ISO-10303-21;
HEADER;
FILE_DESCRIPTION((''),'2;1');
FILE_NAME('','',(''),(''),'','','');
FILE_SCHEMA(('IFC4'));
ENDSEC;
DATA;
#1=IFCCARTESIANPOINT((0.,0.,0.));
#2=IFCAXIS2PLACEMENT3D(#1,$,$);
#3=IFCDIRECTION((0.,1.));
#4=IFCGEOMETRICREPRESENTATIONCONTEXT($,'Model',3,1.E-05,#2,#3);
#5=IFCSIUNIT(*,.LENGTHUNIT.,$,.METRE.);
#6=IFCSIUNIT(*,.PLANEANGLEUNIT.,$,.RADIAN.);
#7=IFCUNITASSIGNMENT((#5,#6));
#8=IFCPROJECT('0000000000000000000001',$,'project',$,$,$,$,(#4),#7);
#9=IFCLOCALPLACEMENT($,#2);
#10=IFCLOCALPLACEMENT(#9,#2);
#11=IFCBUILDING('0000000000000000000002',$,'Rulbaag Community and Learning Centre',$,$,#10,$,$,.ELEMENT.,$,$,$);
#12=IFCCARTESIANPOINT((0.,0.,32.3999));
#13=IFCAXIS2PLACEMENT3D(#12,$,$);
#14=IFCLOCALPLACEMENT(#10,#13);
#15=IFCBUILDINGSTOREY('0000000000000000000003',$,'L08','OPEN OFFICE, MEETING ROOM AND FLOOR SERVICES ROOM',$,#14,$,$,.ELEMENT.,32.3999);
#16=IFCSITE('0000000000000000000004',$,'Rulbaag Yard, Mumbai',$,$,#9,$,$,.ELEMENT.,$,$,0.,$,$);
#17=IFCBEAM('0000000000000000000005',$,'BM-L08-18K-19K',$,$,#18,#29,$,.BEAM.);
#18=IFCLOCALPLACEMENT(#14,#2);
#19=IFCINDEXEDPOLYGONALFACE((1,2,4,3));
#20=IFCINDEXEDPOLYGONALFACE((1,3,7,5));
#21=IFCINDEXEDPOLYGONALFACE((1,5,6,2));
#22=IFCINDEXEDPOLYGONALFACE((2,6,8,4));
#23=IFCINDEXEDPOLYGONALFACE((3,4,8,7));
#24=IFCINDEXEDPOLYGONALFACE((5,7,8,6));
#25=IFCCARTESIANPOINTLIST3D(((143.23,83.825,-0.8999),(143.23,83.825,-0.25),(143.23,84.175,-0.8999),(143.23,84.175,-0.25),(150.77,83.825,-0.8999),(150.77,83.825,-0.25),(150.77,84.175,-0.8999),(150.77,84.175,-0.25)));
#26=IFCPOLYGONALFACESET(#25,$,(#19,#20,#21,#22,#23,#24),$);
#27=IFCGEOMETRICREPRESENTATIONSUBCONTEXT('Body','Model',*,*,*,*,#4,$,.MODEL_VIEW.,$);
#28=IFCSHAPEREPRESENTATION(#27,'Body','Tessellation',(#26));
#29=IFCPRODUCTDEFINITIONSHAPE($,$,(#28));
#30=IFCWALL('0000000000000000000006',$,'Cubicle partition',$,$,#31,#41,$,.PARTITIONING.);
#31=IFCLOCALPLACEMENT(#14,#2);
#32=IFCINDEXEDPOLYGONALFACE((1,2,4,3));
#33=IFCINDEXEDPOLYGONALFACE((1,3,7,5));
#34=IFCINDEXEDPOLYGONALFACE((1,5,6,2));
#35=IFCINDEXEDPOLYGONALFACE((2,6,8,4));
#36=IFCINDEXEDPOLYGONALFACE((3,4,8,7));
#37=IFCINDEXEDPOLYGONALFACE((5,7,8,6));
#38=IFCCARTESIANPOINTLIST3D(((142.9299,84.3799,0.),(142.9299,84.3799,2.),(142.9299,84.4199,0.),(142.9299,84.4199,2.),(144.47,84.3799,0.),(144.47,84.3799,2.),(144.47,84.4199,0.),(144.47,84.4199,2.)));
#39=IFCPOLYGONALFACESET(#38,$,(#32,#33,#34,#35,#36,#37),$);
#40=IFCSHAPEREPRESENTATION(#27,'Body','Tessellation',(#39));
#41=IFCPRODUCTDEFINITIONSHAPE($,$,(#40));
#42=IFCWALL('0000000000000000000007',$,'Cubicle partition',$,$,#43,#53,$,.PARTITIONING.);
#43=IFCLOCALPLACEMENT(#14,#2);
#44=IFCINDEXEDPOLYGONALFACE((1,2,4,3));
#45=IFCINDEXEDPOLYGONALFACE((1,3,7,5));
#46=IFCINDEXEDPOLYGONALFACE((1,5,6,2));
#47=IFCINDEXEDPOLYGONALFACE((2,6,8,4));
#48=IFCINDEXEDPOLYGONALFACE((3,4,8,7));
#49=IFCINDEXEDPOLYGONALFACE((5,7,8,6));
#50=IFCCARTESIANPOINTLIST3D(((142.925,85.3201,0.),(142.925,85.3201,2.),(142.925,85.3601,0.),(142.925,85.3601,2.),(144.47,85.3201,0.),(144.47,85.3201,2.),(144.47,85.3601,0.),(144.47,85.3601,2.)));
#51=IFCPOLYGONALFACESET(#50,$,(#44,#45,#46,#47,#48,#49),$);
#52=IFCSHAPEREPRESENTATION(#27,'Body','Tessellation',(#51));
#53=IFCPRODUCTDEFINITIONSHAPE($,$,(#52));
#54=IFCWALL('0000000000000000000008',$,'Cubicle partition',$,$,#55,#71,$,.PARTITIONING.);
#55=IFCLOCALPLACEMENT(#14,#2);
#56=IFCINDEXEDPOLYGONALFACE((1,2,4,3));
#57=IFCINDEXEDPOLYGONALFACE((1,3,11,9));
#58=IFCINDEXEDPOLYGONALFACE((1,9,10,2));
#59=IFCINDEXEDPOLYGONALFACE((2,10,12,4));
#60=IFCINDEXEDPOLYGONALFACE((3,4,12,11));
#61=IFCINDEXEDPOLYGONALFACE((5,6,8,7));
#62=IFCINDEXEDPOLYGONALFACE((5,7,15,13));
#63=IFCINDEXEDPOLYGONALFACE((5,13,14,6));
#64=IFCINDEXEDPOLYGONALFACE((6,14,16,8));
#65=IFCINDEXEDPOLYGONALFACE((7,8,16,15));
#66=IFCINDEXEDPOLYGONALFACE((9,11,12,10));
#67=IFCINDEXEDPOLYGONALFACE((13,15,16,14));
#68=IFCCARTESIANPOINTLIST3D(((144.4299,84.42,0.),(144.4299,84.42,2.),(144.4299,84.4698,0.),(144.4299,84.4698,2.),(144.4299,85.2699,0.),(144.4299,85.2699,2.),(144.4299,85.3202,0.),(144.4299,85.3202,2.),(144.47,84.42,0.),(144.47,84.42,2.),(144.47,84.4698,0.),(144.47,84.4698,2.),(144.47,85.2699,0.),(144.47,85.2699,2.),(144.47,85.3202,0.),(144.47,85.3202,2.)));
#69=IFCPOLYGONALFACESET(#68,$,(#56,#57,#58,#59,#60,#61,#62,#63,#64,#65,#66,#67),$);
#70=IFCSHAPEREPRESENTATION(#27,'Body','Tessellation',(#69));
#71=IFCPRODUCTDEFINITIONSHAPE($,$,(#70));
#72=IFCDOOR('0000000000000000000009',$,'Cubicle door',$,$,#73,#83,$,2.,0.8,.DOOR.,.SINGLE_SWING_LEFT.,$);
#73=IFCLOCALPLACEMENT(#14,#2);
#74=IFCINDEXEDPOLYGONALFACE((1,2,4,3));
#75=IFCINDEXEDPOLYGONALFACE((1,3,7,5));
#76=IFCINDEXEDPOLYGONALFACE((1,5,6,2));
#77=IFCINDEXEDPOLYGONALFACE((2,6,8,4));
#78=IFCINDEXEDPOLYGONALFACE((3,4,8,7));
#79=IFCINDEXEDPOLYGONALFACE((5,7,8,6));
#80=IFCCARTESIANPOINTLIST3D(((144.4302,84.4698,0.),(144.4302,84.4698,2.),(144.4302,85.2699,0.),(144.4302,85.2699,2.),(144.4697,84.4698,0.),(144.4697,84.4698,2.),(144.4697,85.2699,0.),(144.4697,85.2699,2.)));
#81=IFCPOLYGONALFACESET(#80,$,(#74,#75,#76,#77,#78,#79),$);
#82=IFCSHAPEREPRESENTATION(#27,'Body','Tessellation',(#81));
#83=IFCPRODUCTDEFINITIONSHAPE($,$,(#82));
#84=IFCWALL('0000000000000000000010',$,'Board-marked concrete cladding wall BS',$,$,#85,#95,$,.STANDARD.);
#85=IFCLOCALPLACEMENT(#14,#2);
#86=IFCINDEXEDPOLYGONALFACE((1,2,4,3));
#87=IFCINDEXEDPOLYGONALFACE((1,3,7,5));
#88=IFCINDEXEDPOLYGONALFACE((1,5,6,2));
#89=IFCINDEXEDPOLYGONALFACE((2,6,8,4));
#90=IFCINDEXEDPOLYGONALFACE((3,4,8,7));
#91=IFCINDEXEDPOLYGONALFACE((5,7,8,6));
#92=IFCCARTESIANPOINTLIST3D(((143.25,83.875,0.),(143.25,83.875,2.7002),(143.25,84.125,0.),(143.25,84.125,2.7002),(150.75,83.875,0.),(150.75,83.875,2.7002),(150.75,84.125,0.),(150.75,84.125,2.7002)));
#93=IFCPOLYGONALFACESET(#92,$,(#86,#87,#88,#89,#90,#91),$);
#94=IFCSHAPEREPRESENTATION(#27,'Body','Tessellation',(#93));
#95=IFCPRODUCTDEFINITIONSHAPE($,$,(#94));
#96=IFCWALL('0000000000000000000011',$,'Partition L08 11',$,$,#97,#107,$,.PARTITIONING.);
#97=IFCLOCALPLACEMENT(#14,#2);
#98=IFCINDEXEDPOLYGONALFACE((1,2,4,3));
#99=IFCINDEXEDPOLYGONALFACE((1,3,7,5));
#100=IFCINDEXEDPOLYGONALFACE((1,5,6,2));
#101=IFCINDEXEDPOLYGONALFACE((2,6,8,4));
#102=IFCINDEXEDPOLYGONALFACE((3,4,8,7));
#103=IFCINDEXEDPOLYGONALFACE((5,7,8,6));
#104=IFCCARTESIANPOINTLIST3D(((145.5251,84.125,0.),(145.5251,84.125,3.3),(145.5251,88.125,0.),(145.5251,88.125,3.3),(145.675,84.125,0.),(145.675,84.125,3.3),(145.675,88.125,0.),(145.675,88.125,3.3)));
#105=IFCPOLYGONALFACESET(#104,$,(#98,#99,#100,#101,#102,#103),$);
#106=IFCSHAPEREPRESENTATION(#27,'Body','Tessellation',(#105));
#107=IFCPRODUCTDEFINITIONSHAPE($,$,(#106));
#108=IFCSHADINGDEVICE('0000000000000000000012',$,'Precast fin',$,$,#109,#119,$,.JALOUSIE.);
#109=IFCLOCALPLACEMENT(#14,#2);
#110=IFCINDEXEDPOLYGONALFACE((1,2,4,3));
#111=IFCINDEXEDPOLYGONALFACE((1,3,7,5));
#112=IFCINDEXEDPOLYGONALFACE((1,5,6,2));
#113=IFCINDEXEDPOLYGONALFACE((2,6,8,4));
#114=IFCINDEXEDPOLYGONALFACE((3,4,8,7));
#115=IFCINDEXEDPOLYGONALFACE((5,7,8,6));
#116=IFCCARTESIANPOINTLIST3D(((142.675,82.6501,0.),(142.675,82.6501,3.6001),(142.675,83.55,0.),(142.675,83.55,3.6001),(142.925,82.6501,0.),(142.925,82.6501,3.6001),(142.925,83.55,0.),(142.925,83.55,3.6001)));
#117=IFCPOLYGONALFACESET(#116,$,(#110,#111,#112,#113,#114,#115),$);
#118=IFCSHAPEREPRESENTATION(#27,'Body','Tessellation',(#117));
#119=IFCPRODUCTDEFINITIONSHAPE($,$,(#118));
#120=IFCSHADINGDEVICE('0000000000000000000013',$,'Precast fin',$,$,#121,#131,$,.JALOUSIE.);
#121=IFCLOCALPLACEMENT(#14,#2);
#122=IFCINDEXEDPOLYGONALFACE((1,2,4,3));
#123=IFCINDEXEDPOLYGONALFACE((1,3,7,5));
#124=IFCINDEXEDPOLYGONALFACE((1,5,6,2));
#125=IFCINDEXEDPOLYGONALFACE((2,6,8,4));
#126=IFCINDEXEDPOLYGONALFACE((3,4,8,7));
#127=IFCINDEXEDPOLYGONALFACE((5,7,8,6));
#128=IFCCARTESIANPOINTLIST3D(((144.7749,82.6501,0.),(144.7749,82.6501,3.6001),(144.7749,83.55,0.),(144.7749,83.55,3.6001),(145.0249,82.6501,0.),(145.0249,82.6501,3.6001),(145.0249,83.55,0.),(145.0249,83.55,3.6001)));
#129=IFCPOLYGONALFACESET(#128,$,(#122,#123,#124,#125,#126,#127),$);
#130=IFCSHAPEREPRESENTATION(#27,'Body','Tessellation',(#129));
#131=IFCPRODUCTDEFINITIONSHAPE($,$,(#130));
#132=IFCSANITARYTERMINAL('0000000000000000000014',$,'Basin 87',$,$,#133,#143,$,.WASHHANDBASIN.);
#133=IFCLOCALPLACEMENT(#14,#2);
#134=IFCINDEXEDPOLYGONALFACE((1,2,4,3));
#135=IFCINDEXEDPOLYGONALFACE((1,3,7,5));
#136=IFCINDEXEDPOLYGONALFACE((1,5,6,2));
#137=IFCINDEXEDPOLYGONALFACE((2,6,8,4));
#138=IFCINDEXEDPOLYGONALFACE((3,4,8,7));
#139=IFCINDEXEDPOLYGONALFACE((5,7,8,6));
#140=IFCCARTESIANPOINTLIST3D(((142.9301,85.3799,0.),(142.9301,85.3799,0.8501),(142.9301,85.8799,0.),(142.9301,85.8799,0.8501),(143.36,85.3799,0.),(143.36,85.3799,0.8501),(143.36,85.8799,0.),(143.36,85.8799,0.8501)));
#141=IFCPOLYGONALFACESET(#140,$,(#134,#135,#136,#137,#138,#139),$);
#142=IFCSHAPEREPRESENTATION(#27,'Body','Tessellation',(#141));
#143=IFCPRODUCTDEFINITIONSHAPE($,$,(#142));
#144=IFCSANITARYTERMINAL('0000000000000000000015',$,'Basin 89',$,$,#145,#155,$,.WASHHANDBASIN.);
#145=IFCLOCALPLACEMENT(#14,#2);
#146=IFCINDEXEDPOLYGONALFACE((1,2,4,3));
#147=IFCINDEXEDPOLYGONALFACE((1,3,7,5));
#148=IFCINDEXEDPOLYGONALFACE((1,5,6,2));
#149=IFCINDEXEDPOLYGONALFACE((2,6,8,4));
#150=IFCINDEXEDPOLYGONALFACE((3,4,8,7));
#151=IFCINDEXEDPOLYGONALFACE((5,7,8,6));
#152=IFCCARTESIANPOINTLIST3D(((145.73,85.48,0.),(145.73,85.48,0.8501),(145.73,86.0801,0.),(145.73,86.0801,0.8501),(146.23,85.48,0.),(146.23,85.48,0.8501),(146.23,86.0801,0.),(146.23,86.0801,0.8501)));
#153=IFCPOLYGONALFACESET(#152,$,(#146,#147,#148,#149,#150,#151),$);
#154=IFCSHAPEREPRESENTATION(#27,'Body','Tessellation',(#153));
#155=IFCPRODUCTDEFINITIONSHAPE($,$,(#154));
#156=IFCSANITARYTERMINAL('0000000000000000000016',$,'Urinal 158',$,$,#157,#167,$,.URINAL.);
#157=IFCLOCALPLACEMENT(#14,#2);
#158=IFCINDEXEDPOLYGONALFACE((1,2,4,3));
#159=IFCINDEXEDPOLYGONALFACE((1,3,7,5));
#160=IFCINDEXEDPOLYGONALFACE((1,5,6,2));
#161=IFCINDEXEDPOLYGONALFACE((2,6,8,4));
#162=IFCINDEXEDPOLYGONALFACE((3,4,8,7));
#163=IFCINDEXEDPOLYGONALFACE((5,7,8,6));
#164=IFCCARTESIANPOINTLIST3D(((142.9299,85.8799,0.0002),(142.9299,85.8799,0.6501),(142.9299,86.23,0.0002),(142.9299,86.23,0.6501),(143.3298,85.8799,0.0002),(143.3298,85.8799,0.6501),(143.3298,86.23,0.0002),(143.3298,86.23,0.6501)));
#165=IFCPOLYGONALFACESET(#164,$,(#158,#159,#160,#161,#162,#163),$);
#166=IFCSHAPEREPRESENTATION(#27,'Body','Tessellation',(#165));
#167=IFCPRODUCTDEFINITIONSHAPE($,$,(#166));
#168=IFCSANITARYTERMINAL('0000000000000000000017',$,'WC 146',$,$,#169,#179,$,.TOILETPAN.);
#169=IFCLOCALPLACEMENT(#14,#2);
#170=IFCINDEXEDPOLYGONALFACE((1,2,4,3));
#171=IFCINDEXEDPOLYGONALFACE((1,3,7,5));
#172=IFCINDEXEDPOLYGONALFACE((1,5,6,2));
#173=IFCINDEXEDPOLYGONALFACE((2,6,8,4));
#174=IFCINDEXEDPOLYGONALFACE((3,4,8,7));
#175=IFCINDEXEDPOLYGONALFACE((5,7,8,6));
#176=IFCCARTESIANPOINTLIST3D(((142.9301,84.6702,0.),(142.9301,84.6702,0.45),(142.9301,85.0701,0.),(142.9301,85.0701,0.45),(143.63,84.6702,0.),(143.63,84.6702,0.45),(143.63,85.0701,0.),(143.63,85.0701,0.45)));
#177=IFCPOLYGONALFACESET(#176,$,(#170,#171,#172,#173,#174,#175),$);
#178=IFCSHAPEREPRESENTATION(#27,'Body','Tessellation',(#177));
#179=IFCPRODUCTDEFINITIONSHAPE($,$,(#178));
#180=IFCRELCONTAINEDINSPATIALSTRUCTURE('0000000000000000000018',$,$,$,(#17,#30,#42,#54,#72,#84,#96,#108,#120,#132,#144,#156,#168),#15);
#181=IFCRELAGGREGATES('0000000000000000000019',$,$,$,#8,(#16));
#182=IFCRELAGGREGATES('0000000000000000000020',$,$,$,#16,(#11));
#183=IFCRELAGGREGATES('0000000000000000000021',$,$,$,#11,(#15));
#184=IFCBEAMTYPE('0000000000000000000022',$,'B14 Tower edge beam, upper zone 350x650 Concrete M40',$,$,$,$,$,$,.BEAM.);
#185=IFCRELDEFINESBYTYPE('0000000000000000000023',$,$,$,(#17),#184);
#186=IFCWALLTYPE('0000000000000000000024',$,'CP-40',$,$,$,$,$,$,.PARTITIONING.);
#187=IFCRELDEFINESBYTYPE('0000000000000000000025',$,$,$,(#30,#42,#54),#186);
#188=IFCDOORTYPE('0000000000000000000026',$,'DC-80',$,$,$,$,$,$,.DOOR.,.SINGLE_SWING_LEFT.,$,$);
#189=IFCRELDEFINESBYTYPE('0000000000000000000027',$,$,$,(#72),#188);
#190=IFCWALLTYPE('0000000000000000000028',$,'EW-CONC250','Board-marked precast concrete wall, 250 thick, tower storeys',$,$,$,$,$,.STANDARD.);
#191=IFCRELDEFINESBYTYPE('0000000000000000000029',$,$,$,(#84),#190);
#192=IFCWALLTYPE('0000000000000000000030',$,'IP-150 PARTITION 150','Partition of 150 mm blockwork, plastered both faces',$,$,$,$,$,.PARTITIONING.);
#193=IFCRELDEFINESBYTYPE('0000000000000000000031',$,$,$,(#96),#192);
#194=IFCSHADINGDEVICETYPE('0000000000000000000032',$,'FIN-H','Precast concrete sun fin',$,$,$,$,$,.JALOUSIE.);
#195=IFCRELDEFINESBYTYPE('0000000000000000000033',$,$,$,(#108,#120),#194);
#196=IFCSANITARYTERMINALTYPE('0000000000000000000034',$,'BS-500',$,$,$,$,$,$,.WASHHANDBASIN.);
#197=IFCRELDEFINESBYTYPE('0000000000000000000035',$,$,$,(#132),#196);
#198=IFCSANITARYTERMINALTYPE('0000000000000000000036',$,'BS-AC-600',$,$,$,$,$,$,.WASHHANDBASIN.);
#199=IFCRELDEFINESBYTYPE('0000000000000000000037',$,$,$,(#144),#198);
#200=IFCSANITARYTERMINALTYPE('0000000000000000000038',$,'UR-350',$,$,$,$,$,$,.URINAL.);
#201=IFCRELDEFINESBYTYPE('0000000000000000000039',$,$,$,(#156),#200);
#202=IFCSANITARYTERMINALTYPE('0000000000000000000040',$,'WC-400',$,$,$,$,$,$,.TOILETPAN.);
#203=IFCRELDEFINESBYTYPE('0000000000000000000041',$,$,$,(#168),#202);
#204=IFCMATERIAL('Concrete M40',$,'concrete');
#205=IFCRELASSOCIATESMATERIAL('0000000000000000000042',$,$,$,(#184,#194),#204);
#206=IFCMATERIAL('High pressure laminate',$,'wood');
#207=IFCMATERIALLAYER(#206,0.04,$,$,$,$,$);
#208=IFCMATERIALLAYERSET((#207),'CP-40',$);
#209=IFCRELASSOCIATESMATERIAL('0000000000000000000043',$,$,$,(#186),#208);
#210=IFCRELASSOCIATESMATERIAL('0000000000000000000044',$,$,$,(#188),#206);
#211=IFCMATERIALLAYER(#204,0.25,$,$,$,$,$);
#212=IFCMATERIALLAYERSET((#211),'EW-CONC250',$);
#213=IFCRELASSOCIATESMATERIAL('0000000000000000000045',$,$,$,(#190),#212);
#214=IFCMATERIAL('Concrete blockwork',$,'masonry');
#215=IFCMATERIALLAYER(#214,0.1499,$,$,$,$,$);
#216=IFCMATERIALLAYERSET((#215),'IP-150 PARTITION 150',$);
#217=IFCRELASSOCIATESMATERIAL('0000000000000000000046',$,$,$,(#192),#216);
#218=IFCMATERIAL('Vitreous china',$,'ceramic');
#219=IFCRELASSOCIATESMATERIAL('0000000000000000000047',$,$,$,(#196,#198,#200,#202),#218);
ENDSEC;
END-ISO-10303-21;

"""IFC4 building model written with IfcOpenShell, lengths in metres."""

from ifc_helpers import new_model, si_unit, direction, frame, frame_2d, origin, origin_2d, place, context, subcontext, project, spatial, rectangle, extrude, material, layer, layer_set, material_profile, profile_set, type_object, element, fill, save


model = new_model("IFC4")

# Units and contexts
model_context = context("Model", 3, precision=1e-05, world=origin(), true_north=direction((0.0, 1.0)))
body_context = subcontext(model_context, "Body", "Model", "MODEL_VIEW")
ifc_project = project(units=[si_unit("LENGTHUNIT", "METRE"), si_unit("PLANEANGLEUNIT", "RADIAN")], contexts=[model_context])

# Site, building, storey
site_placement = place(None, origin())
site = spatial("IfcSite", under=ifc_project, at=site_placement, Name="Rulbaag Yard, Mumbai", CompositionType="ELEMENT", RefElevation=0.0)
building_placement = place(site_placement, origin())
building = spatial("IfcBuilding", under=site, at=building_placement, Name="Rulbaag Community and Learning Centre", CompositionType="ELEMENT")
storey_placement = place(building_placement, frame((0.0, 0.0, 32.3999)))
storey = spatial("IfcBuildingStorey", under=building, at=storey_placement, Name="L08", Description="OPEN OFFICE, MEETING ROOM AND FLOOR SERVICES ROOM", CompositionType="ELEMENT", Elevation=32.3999)

# Beam
ifc_material_1 = material(Name="Concrete M40", Category="concrete")
ifc_material_profile_1 = material_profile(ifc_material_1, rectangle(XDim=0.3501, YDim=0.6499, at=origin_2d()), Name="RB350x650")
ifc_profile_set_1 = profile_set([ifc_material_profile_1], Name="Concrete M40")
beam_type = type_object("IfcBeamType", Name="B14 Tower edge beam, upper zone 350x650 Concrete M40", PredefinedType="BEAM", material=ifc_profile_set_1)
beam_placement = place(storey_placement, frame((143.23, 84.0, -0.575), z_axis=(1.0, 0.0, 0.0), x_axis=(0.0, 1.0, 0.0)))
element("IfcBeam", 1, at=beam_placement, inside=storey, type_object=beam_type, Name="BM-L08-18K-19K", PredefinedType="BEAM", context=body_context, shape_type="SweptSolid", body=[
    extrude(rectangle(XDim=0.3501, YDim=0.6499, at=origin_2d()), origin(), (0.0, 0.0, 1.0), 7.54),
])

# Walls
ifc_material_2 = material(Name="High pressure laminate", Category="wood")
ifc_layer_1 = layer(ifc_material_2, 0.04)
ifc_layer_set_1 = layer_set([ifc_layer_1], Name="CP-40")
wall_type_1 = type_object("IfcWallType", Name="CP-40", PredefinedType="PARTITIONING", material=ifc_layer_set_1)
wall_1_placement = place(storey_placement, frame((142.9299, 84.3999, 0.0), z_axis=(0.0, 0.0, 1.0), x_axis=(1.0, 0.0, 0.0)))
element("IfcWall", 2, at=wall_1_placement, inside=storey, type_object=wall_type_1, Name="Cubicle partition", PredefinedType="PARTITIONING", context=body_context, shape_type="SweptSolid", body=[
    extrude(rectangle(XDim=1.54, YDim=0.04, at=frame_2d((0.77, 0.0))), origin(), (0.0, 0.0, 1.0), 2.0),
])
wall_2_placement = place(storey_placement, frame((142.925, 85.3401, 0.0), z_axis=(0.0, 0.0, 1.0), x_axis=(1.0, 0.0, 0.0)))
element("IfcWall", 3, at=wall_2_placement, inside=storey, type_object=wall_type_1, Name="Cubicle partition", PredefinedType="PARTITIONING", context=body_context, shape_type="SweptSolid", body=[
    extrude(rectangle(XDim=1.5449, YDim=0.04, at=frame_2d((0.7725, 0.0))), origin(), (0.0, 0.0, 1.0), 2.0),
])

# Wall, opening, door
wall_3_placement = place(storey_placement, frame((144.45, 84.4199, 0.0), z_axis=(0.0, 0.0, 1.0), x_axis=(0.0, 1.0, 0.0)))
wall_3 = element("IfcWall", 4, at=wall_3_placement, inside=storey, type_object=wall_type_1, Name="Cubicle partition", PredefinedType="PARTITIONING", context=body_context, shape_type="SweptSolid", body=[
    extrude(rectangle(XDim=0.9001, YDim=0.04, at=frame_2d((0.4502, 0.0))), origin(), (0.0, 0.0, 1.0), 2.0),
])
opening_placement = place(wall_3_placement, frame((0.05, 0.0, 0.0)))
opening = element("IfcOpeningElement", 5, at=opening_placement, cuts=wall_3, PredefinedType="OPENING", context=body_context, shape_type="SweptSolid", body=[
    extrude(rectangle(XDim=0.8, YDim=2.0, at=frame_2d((0.3999, 1.0))), frame((0.0, 0.03, 0.0), z_axis=(0.0, -1.0, 0.0), x_axis=(1.0, 0.0, 0.0)), (0.0, 0.0, 1.0), 0.0601),
])
door_type = type_object("IfcDoorType", Name="DC-80", OperationType="SINGLE_SWING_LEFT", PredefinedType="DOOR", material=ifc_material_2)
door_placement = place(opening_placement, origin())
door = element("IfcDoor", 6, at=door_placement, inside=storey, type_object=door_type, Name="Cubicle door", OperationType="SINGLE_SWING_LEFT", OverallHeight=2.0, OverallWidth=0.8, PredefinedType="DOOR", context=body_context, shape_type="SweptSolid", body=[
    extrude(rectangle(XDim=0.8, YDim=2.0, at=frame_2d((0.3999, 1.0))), frame((0.0, 0.0198, 0.0), z_axis=(0.0, -1.0, 0.0), x_axis=(1.0, 0.0, 0.0)), (0.0, 0.0, 1.0), 0.0396),
])
fill(opening, door)

# Walls
ifc_layer_2 = layer(ifc_material_1, 0.25)
ifc_layer_set_2 = layer_set([ifc_layer_2], Name="EW-CONC250")
wall_type_2 = type_object("IfcWallType", Name="EW-CONC250", Description="Board-marked precast concrete wall, 250 thick, tower storeys", PredefinedType="STANDARD", material=ifc_layer_set_2)
wall_4_placement = place(storey_placement, frame((143.25, 84.0, 0.0), z_axis=(0.0, 0.0, 1.0), x_axis=(1.0, 0.0, 0.0)))
element("IfcWall", 7, at=wall_4_placement, inside=storey, type_object=wall_type_2, Name="Board-marked concrete cladding wall BS", PredefinedType="STANDARD", context=body_context, shape_type="SweptSolid", body=[
    extrude(rectangle(XDim=7.5, YDim=0.25, at=frame_2d((3.75, 0.0))), origin(), (0.0, 0.0, 1.0), 2.7002),
])
ifc_material_3 = material(Name="Concrete blockwork", Category="masonry")
ifc_layer_3 = layer(ifc_material_3, 0.1499)
ifc_layer_set_3 = layer_set([ifc_layer_3], Name="IP-150 PARTITION 150")
wall_type_3 = type_object("IfcWallType", Name="IP-150 PARTITION 150", Description="Partition of 150 mm blockwork, plastered both faces", PredefinedType="PARTITIONING", material=ifc_layer_set_3)
wall_5_placement = place(storey_placement, frame((145.6001, 84.125, 0.0), z_axis=(0.0, 0.0, 1.0), x_axis=(0.0, 1.0, 0.0)))
element("IfcWall", 8, at=wall_5_placement, inside=storey, type_object=wall_type_3, Name="Partition L08 11", PredefinedType="PARTITIONING", context=body_context, shape_type="SweptSolid", body=[
    extrude(rectangle(XDim=4.0, YDim=0.1499, at=frame_2d((2.0, 0.0))), origin(), (0.0, 0.0, 1.0), 3.3),
])

# Shading devices
ifc_material_profile_2 = material_profile(ifc_material_1, rectangle(XDim=0.25, YDim=0.8999, at=origin_2d()), Name="PC 250x900")
ifc_profile_set_2 = profile_set([ifc_material_profile_2], Name="Concrete M40")
shading_device_type = type_object("IfcShadingDeviceType", Name="FIN-H", Description="Precast concrete sun fin", PredefinedType="JALOUSIE", material=ifc_profile_set_2)
for number, where, z_axis, x_axis, name in (
    (9, (142.8, 83.1001, 0.0), (0.0, 0.0, 1.0), (1.0, 0.0, 0.0), "Precast fin"),
    (10, (144.8999, 83.1001, 0.0), (0.0, 0.0, 1.0), (1.0, 0.0, 0.0), "Precast fin"),
):
    element("IfcShadingDevice", number, at=place(storey_placement, frame(where, z_axis=z_axis, x_axis=x_axis)), inside=storey, type_object=shading_device_type, Name=name, PredefinedType="JALOUSIE", context=body_context, shape_type="SweptSolid", body=[
        extrude(rectangle(XDim=0.25, YDim=0.8999, at=origin_2d()), origin(), (0.0, 0.0, 1.0), 3.6001),
    ])

# Sanitary terminals
ifc_material_4 = material(Name="Vitreous china", Category="ceramic")
sanitary_terminal_type_1 = type_object("IfcSanitaryTerminalType", Name="BS-500", PredefinedType="WASHHANDBASIN", material=ifc_material_4)
sanitary_terminal_1_placement = place(storey_placement, frame((143.145, 85.6299, 0.0), z_axis=(0.0, 0.0, 1.0), x_axis=(1.0, 0.0, 0.0)))
element("IfcSanitaryTerminal", 11, at=sanitary_terminal_1_placement, inside=storey, type_object=sanitary_terminal_type_1, Name="Basin 87", PredefinedType="WASHHANDBASIN", context=body_context, shape_type="SweptSolid", body=[
    extrude(rectangle(XDim=0.4299, YDim=0.5, at=origin_2d()), origin(), (0.0, 0.0, 1.0), 0.8501),
])
sanitary_terminal_type_2 = type_object("IfcSanitaryTerminalType", Name="BS-AC-600", PredefinedType="WASHHANDBASIN", material=ifc_material_4)
sanitary_terminal_2_placement = place(storey_placement, frame((145.98, 85.78, 0.0), z_axis=(0.0, 0.0, 1.0), x_axis=(1.0, 0.0, 0.0)))
element("IfcSanitaryTerminal", 12, at=sanitary_terminal_2_placement, inside=storey, type_object=sanitary_terminal_type_2, Name="Basin 89", PredefinedType="WASHHANDBASIN", context=body_context, shape_type="SweptSolid", body=[
    extrude(rectangle(XDim=0.5, YDim=0.6001, at=origin_2d()), origin(), (0.0, 0.0, 1.0), 0.8501),
])
sanitary_terminal_type_3 = type_object("IfcSanitaryTerminalType", Name="UR-350", PredefinedType="URINAL", material=ifc_material_4)
sanitary_terminal_3_placement = place(storey_placement, frame((143.1299, 86.0549, 0.0002), z_axis=(0.0, 0.0, 1.0), x_axis=(1.0, 0.0, 0.0)))
element("IfcSanitaryTerminal", 13, at=sanitary_terminal_3_placement, inside=storey, type_object=sanitary_terminal_type_3, Name="Urinal 158", PredefinedType="URINAL", context=body_context, shape_type="SweptSolid", body=[
    extrude(rectangle(XDim=0.3999, YDim=0.3501, at=origin_2d()), origin(), (0.0, 0.0, 1.0), 0.6499),
])
sanitary_terminal_type_4 = type_object("IfcSanitaryTerminalType", Name="WC-400", PredefinedType="TOILETPAN", material=ifc_material_4)
sanitary_terminal_4_placement = place(storey_placement, frame((143.28, 84.8701, 0.0), z_axis=(0.0, 0.0, 1.0), x_axis=(1.0, 0.0, 0.0)))
element("IfcSanitaryTerminal", 14, at=sanitary_terminal_4_placement, inside=storey, type_object=sanitary_terminal_type_4, Name="WC 146", PredefinedType="TOILETPAN", context=body_context, shape_type="SweptSolid", body=[
    extrude(rectangle(XDim=0.7, YDim=0.3999, at=origin_2d()), origin(), (0.0, 0.0, 1.0), 0.45),
])

save(model, "model.ifc")
